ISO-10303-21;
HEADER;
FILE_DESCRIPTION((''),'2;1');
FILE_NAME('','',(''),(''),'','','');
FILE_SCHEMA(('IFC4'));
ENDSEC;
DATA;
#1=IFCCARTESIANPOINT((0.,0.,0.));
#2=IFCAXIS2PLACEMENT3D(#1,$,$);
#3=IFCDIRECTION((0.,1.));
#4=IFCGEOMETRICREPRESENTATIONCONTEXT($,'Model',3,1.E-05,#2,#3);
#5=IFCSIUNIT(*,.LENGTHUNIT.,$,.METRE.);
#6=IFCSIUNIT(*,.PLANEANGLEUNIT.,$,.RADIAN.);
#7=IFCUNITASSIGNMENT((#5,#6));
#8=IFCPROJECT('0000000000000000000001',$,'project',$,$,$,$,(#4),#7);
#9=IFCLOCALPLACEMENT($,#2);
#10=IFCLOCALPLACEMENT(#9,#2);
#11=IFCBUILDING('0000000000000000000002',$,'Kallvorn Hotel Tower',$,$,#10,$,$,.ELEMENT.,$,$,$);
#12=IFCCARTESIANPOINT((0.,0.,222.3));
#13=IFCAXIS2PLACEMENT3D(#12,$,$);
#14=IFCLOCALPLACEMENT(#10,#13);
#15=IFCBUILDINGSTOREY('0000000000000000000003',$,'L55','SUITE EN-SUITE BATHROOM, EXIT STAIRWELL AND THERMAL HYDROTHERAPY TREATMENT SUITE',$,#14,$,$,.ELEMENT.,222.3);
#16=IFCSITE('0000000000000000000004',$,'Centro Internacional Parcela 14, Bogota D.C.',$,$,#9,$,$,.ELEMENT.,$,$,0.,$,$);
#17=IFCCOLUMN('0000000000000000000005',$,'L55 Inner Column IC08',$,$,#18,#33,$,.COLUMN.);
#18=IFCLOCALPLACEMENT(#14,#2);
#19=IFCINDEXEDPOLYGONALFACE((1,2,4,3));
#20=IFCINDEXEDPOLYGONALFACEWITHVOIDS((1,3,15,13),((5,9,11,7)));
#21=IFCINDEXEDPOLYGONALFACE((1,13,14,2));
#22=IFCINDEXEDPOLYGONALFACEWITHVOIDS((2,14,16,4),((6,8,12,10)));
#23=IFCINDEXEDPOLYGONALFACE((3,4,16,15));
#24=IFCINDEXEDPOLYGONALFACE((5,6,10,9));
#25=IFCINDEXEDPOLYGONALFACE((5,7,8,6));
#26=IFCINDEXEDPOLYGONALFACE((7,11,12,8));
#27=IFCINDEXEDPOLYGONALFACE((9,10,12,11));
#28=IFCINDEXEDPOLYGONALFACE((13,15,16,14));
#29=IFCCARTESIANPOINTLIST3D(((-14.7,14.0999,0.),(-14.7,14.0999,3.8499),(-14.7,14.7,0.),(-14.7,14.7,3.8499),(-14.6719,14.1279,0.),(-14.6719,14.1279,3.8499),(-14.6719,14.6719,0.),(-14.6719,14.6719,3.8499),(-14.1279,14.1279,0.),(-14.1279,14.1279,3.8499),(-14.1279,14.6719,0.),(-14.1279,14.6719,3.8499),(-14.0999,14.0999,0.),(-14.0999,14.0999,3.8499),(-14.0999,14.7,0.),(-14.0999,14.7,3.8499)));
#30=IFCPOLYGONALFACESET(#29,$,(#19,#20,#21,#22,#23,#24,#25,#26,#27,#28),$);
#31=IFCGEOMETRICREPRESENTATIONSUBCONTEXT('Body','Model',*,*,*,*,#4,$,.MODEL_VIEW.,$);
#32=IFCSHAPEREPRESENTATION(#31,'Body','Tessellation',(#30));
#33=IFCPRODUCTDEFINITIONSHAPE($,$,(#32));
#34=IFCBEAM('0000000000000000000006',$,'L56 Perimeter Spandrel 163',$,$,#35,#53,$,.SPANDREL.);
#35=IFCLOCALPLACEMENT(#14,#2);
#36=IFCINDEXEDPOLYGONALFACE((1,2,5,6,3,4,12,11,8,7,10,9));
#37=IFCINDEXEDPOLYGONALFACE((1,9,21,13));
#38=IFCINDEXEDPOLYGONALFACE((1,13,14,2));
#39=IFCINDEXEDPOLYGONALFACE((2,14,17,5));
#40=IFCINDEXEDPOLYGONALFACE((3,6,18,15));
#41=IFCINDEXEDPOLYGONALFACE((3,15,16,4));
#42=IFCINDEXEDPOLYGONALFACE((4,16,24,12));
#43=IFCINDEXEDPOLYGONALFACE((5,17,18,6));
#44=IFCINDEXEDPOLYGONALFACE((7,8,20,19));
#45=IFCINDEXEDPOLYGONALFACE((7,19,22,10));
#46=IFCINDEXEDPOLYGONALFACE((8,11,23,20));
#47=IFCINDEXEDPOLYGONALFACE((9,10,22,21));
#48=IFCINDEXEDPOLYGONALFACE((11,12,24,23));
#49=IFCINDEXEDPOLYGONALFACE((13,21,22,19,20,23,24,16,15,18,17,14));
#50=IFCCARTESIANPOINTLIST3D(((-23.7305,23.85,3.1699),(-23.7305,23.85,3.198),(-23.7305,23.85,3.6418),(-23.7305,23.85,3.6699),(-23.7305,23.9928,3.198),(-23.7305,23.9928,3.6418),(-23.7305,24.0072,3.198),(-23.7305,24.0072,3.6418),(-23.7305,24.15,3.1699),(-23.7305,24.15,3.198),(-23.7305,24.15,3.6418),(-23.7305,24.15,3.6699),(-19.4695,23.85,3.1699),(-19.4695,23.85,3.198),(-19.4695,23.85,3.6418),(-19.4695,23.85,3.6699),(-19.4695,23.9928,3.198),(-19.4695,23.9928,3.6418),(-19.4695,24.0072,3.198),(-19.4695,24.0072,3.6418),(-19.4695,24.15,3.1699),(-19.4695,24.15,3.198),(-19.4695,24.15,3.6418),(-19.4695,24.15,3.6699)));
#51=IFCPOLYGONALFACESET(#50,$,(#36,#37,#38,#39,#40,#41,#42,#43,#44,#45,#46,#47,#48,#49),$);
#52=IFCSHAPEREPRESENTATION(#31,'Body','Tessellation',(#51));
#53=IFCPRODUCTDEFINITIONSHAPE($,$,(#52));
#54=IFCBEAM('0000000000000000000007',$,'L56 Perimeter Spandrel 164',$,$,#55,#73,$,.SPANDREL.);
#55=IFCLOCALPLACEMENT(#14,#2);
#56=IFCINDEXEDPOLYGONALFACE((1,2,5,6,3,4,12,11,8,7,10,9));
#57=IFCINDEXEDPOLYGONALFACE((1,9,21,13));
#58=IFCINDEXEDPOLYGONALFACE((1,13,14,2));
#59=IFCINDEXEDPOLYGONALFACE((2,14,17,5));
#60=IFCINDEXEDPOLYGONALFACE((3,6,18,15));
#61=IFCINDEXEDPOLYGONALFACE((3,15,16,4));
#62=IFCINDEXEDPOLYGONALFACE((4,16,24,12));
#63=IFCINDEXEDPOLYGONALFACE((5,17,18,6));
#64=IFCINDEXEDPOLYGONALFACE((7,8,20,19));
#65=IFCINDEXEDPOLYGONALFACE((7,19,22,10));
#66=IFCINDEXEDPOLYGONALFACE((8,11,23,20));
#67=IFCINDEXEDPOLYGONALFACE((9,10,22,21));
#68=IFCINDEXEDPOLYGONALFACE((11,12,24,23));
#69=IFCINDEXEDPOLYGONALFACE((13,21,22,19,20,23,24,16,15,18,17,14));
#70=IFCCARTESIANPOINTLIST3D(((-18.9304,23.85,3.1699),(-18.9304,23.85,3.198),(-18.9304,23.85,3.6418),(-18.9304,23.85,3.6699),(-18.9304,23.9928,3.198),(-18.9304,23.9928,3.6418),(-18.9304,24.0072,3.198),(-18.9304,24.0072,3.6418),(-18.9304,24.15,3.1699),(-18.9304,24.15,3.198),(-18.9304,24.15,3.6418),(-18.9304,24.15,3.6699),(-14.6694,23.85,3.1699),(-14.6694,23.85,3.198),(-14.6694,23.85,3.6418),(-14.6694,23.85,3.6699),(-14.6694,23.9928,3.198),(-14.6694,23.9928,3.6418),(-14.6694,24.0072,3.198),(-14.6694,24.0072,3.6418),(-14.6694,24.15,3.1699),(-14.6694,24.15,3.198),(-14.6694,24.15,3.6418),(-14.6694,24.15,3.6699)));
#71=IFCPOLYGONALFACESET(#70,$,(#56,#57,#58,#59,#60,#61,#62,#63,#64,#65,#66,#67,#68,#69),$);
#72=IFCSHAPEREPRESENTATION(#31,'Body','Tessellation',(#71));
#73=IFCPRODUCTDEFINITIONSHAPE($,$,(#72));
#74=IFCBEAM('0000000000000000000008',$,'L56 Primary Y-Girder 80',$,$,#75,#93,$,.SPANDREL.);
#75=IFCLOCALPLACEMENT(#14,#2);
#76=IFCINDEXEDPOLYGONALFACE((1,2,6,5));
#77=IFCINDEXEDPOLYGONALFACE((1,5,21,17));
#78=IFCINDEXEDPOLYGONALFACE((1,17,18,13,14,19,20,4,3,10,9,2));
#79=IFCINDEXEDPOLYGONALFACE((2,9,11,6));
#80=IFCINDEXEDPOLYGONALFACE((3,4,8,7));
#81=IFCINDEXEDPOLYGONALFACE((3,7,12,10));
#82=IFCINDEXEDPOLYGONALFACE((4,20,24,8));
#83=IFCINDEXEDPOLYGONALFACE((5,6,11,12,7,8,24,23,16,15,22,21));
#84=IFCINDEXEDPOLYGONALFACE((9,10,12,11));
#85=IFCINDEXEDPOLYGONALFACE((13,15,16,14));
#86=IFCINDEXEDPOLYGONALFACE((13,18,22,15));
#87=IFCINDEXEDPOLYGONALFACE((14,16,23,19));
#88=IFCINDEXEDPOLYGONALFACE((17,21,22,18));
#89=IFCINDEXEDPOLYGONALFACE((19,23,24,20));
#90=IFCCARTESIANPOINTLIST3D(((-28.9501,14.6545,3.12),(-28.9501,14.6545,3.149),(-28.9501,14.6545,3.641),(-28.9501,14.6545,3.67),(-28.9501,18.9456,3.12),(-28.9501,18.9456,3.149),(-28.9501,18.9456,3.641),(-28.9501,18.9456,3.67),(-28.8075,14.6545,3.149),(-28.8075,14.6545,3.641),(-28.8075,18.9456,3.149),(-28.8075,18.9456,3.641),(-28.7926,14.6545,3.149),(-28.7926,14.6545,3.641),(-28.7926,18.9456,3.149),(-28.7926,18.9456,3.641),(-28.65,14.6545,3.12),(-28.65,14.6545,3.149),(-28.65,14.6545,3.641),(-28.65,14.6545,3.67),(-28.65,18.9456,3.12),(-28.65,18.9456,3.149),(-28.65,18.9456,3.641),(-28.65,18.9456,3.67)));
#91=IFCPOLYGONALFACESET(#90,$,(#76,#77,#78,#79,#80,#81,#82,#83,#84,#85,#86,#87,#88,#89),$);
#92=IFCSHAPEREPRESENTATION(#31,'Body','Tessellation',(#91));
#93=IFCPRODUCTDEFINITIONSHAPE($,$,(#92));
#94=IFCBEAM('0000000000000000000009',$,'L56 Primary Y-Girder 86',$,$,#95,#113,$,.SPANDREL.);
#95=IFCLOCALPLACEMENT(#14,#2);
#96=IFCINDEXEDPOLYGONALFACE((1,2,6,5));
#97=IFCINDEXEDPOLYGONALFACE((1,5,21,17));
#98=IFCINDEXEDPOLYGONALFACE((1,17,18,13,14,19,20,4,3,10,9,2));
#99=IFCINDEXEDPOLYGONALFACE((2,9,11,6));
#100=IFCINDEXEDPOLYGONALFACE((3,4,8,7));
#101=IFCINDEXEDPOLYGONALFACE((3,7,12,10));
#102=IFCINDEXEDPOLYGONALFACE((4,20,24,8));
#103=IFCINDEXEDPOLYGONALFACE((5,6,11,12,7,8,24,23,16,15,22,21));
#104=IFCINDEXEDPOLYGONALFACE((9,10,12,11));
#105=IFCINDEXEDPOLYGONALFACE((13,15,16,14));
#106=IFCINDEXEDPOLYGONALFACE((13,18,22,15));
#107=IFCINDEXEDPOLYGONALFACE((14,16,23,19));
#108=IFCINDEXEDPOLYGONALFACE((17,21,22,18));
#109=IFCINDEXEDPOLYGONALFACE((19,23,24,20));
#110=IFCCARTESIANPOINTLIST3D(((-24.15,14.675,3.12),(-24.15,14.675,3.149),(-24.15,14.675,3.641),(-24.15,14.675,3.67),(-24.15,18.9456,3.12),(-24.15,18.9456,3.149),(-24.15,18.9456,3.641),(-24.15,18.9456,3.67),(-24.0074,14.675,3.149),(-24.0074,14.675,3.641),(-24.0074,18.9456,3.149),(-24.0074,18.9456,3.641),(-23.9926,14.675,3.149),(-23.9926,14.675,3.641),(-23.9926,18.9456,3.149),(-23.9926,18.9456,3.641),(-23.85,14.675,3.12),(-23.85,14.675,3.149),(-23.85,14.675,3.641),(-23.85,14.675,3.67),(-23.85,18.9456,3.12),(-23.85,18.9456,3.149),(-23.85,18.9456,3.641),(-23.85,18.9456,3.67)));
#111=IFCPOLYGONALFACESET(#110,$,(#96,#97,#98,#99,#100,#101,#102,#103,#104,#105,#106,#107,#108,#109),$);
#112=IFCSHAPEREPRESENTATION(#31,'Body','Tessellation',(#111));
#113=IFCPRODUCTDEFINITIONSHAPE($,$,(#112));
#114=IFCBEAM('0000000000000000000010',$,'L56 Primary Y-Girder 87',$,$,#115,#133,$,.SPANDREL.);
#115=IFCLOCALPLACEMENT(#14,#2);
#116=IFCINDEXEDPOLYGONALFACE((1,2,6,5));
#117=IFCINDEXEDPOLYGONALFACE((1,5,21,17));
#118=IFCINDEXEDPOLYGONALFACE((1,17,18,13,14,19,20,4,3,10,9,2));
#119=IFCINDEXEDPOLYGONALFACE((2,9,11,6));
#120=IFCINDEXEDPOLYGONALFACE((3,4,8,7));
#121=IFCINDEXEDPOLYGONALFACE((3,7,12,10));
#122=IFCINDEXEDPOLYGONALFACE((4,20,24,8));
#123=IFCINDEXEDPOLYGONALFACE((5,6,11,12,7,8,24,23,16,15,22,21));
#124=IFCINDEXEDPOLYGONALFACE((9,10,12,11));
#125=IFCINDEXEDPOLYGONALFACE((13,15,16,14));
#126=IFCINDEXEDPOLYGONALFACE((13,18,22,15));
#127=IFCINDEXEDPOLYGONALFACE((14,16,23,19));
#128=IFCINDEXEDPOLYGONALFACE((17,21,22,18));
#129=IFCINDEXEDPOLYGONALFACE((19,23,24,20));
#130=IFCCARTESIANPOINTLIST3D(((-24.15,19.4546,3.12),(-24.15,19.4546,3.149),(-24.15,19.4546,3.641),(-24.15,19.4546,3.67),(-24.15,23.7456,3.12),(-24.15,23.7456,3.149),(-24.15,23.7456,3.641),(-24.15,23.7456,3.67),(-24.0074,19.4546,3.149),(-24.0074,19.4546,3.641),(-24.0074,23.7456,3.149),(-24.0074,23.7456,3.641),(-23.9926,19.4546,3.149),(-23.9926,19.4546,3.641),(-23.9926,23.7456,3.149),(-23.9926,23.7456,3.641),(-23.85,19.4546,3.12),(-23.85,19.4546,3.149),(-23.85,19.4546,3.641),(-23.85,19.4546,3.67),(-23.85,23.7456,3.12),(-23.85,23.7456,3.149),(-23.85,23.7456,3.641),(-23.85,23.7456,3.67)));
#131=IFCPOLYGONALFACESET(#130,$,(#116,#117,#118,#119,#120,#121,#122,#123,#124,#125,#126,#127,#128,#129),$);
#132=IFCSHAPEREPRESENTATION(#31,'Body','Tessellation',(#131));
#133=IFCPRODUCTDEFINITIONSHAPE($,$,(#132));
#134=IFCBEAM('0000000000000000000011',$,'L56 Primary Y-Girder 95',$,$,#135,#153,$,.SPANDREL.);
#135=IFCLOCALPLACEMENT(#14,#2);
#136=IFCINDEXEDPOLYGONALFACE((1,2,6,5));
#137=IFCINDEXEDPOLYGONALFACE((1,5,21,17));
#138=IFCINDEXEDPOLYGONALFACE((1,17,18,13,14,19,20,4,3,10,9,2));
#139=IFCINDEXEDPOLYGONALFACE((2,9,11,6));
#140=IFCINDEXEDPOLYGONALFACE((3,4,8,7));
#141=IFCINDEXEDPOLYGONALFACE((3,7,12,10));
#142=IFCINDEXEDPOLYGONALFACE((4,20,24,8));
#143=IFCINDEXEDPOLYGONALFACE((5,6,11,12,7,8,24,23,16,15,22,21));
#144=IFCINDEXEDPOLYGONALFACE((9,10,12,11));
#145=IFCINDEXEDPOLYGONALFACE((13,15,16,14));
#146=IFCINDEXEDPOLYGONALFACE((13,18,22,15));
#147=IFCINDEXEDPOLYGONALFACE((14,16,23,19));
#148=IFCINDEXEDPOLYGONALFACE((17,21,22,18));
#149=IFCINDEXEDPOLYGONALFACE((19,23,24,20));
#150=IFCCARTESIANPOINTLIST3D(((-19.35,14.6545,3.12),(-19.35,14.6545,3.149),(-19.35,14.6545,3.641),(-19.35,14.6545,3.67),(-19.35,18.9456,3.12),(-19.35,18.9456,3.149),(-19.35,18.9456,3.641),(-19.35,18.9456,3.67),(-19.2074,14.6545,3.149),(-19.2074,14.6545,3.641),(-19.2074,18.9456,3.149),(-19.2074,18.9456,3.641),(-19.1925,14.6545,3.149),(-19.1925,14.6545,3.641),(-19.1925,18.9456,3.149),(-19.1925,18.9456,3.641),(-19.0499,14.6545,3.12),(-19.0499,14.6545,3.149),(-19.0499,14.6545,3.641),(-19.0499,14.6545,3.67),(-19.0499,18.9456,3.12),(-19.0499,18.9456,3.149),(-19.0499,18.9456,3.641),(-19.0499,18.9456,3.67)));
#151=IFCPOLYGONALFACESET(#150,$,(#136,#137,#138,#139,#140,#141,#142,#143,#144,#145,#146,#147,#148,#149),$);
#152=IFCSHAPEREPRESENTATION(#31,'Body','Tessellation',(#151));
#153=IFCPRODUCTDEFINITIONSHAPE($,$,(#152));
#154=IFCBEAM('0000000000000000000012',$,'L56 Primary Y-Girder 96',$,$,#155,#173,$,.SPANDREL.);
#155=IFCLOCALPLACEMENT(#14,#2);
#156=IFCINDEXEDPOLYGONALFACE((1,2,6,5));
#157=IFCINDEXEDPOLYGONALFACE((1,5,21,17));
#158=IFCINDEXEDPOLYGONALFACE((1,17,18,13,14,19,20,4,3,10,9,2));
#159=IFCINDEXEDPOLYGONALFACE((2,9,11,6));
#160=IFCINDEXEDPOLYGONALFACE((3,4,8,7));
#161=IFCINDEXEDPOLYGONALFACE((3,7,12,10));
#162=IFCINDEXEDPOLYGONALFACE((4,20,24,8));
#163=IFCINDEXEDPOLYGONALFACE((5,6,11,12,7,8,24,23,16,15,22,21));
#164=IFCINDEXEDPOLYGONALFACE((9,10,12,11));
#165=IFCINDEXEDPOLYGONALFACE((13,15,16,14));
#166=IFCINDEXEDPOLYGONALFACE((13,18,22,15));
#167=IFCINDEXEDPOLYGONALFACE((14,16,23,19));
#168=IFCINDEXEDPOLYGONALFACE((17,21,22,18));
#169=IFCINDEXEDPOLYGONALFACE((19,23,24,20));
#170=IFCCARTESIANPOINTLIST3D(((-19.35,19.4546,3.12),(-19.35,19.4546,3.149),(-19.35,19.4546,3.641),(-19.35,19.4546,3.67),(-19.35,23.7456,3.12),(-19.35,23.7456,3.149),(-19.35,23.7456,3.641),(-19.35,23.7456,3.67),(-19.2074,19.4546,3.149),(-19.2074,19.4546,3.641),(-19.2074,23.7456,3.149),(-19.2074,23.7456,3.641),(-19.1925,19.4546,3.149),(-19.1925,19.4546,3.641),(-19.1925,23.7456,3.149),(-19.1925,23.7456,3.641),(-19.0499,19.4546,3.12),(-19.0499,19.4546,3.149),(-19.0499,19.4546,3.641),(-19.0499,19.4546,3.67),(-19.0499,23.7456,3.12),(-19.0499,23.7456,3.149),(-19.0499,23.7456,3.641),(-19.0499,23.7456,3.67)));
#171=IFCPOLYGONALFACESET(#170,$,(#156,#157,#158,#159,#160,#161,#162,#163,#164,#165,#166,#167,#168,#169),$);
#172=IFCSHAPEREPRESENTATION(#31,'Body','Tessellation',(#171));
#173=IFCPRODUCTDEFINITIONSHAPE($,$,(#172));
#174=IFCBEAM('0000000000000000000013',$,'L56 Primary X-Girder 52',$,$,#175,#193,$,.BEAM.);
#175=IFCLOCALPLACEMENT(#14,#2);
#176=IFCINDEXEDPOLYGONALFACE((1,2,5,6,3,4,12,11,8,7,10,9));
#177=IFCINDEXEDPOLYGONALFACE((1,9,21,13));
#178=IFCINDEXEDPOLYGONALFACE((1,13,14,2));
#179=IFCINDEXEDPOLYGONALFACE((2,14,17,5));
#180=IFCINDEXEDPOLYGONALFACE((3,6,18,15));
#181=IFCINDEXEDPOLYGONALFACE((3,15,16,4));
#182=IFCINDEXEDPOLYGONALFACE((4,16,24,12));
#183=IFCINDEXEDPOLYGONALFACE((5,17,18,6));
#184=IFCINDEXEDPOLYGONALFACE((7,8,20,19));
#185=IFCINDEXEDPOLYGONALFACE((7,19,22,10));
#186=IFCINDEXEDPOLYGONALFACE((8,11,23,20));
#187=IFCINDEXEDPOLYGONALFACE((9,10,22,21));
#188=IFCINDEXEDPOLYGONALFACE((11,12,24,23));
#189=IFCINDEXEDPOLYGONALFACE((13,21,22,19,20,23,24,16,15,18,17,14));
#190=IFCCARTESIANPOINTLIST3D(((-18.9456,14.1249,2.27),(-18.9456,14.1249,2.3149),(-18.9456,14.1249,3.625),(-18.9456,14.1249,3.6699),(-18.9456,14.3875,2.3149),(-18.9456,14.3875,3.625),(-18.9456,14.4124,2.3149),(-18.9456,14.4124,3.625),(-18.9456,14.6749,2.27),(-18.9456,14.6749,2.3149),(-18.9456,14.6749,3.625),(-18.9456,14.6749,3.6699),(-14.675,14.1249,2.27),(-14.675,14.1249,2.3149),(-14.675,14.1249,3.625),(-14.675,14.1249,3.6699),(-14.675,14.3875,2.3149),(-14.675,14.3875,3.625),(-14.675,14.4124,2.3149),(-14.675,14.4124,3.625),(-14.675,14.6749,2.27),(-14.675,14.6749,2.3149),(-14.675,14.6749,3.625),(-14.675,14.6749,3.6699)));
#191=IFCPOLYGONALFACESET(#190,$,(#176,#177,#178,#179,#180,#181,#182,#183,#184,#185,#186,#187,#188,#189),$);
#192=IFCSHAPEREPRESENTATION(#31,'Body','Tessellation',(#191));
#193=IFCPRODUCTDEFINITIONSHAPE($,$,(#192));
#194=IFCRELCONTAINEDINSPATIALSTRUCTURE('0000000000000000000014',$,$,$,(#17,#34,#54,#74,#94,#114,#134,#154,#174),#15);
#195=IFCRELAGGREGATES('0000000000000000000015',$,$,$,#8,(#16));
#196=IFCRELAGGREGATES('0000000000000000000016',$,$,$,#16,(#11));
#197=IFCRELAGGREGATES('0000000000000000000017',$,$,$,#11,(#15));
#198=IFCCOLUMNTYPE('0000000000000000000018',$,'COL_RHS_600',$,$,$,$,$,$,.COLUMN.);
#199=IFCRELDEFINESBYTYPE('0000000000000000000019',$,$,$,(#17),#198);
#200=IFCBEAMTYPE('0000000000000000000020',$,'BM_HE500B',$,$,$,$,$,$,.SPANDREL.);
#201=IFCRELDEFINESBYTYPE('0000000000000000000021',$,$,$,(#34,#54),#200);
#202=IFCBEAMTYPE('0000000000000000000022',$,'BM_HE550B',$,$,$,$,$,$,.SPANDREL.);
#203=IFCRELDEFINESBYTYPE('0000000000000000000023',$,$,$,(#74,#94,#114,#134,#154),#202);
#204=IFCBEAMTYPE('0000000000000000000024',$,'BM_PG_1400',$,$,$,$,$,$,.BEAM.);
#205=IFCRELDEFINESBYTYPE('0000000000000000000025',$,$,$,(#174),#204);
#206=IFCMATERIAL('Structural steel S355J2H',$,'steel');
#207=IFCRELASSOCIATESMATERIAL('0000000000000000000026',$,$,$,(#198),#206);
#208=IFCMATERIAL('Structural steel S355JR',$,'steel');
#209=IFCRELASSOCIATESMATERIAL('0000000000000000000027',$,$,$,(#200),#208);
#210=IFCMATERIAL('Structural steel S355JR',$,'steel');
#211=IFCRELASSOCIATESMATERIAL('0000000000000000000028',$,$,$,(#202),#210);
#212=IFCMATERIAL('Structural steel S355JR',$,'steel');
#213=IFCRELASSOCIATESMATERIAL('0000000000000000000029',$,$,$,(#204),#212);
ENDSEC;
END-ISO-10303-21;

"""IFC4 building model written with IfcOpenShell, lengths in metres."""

from ifc_helpers import new_model, si_unit, direction, frame, origin, origin_2d, place, context, subcontext, project, spatial, hollow_rectangle, i_section, extrude, material, material_profile, profile_set, type_object, element, save


model = new_model("IFC4")

# Units and contexts
model_context = context("Model", 3, precision=1e-05, world=origin(), true_north=direction((0.0, 1.0)))
body_context = subcontext(model_context, "Body", "Model", "MODEL_VIEW")
ifc_project = project(units=[si_unit("LENGTHUNIT", "METRE"), si_unit("PLANEANGLEUNIT", "RADIAN")], contexts=[model_context])

# Site, building, storey
site_placement = place(None, origin())
site = spatial("IfcSite", under=ifc_project, at=site_placement, Name="Centro Internacional Parcela 14, Bogota D.C.", CompositionType="ELEMENT", RefElevation=0.0)
building_placement = place(site_placement, origin())
building = spatial("IfcBuilding", under=site, at=building_placement, Name="Kallvorn Hotel Tower", CompositionType="ELEMENT")
storey_placement = place(building_placement, frame((0.0, 0.0, 222.3)))
storey = spatial("IfcBuildingStorey", under=building, at=storey_placement, Name="L55", Description="SUITE EN-SUITE BATHROOM, EXIT STAIRWELL AND THERMAL HYDROTHERAPY TREATMENT SUITE", CompositionType="ELEMENT", Elevation=222.3)

# Column
ifc_material_1 = material(Name="Structural steel S355J2H", Category="steel")
ifc_material_profile_1 = material_profile(ifc_material_1, hollow_rectangle(XDim=0.6001, YDim=0.6001, WallThickness=0.0281, at=origin_2d()), Name="RHS 600x600x28")
ifc_profile_set_1 = profile_set([ifc_material_profile_1], Name="Structural steel S355J2H")
column_type_1 = type_object("IfcColumnType", Name="COL_RHS_600", PredefinedType="COLUMN", material=ifc_profile_set_1)
column_1_placement = place(storey_placement, frame((-14.3999, 14.3999, 0.0), z_axis=(0.0, 0.0, 1.0), x_axis=(1.0, 0.0, 0.0)))
element("IfcColumn", 1, at=column_1_placement, inside=storey, type_object=column_type_1, Name="L55 Inner Column IC08", PredefinedType="COLUMN", context=body_context, shape_type="SweptSolid", body=[
    extrude(hollow_rectangle(XDim=0.6001, YDim=0.6001, WallThickness=0.0281, at=origin_2d()), origin(), (0.0, 0.0, 1.0), 3.8499),
])

# Beams
ifc_material_2 = material(Name="Structural steel S355JR", Category="steel")
ifc_material_profile_2 = material_profile(ifc_material_2, i_section(OverallWidth=0.3, OverallDepth=0.5, WebThickness=0.0144, FlangeThickness=0.0281, at=origin_2d()), Name="HE 500 B")
ifc_profile_set_2 = profile_set([ifc_material_profile_2], Name="Structural steel S355JR")
beam_type_1 = type_object("IfcBeamType", Name="BM_HE500B", PredefinedType="SPANDREL", material=ifc_profile_set_2)
for number, where, z_axis, x_axis, name in (
    (2, (-23.7305, 24.0, 3.4199), (1.0, 0.0, 0.0), (0.0, 1.0, 0.0), "L56 Perimeter Spandrel 163"),
    (3, (-18.9304, 24.0, 3.4199), (1.0, 0.0, 0.0), (0.0, 1.0, 0.0), "L56 Perimeter Spandrel 164"),
):
    element("IfcBeam", number, at=place(storey_placement, frame(where, z_axis=z_axis, x_axis=x_axis)), inside=storey, type_object=beam_type_1, Name=name, PredefinedType="SPANDREL", context=body_context, shape_type="SweptSolid", body=[
        extrude(i_section(OverallWidth=0.3, OverallDepth=0.5, WebThickness=0.0144, FlangeThickness=0.0281, at=origin_2d()), origin(), (0.0, 0.0, 1.0), 4.261),
    ])
ifc_material_3 = material(Name="Structural steel S355JR", Category="steel")
ifc_material_profile_3 = material_profile(ifc_material_3, i_section(OverallWidth=0.3, OverallDepth=0.55, WebThickness=0.0149, FlangeThickness=0.0291, at=origin_2d()), Name="HE 550 B")
ifc_profile_set_3 = profile_set([ifc_material_profile_3], Name="Structural steel S355JR")
beam_type_2 = type_object("IfcBeamType", Name="BM_HE550B", PredefinedType="SPANDREL", material=ifc_profile_set_3)
beam_1_placement = place(storey_placement, frame((-28.8, 14.6545, 3.395), z_axis=(0.0, 1.0, 0.0), x_axis=(-1.0, 0.0, 0.0)))
element("IfcBeam", 4, at=beam_1_placement, inside=storey, type_object=beam_type_2, Name="L56 Primary Y-Girder 80", PredefinedType="SPANDREL", context=body_context, shape_type="SweptSolid", body=[
    extrude(i_section(OverallWidth=0.3, OverallDepth=0.55, WebThickness=0.0149, FlangeThickness=0.0291, at=origin_2d()), origin(), (0.0, 0.0, 1.0), 4.291),
])
beam_2_placement = place(storey_placement, frame((-24.0, 14.675, 3.395), z_axis=(0.0, 1.0, 0.0), x_axis=(-1.0, 0.0, 0.0)))
element("IfcBeam", 5, at=beam_2_placement, inside=storey, type_object=beam_type_2, Name="L56 Primary Y-Girder 86", PredefinedType="SPANDREL", context=body_context, shape_type="SweptSolid", body=[
    extrude(i_section(OverallWidth=0.3, OverallDepth=0.55, WebThickness=0.0149, FlangeThickness=0.0291, at=origin_2d()), origin(), (0.0, 0.0, 1.0), 4.2705),
])
for number, where, z_axis, x_axis, name in (
    (6, (-24.0, 19.4546, 3.395), (0.0, 1.0, 0.0), (-1.0, 0.0, 0.0), "L56 Primary Y-Girder 87"),
    (7, (-19.2, 14.6545, 3.395), (0.0, 1.0, 0.0), (-1.0, 0.0, 0.0), "L56 Primary Y-Girder 95"),
    (8, (-19.2, 19.4546, 3.395), (0.0, 1.0, 0.0), (-1.0, 0.0, 0.0), "L56 Primary Y-Girder 96"),
):
    element("IfcBeam", number, at=place(storey_placement, frame(where, z_axis=z_axis, x_axis=x_axis)), inside=storey, type_object=beam_type_2, Name=name, PredefinedType="SPANDREL", context=body_context, shape_type="SweptSolid", body=[
        extrude(i_section(OverallWidth=0.3, OverallDepth=0.55, WebThickness=0.0149, FlangeThickness=0.0291, at=origin_2d()), origin(), (0.0, 0.0, 1.0), 4.291),
    ])
ifc_material_4 = material(Name="Structural steel S355JR", Category="steel")
ifc_material_profile_4 = material_profile(ifc_material_4, i_section(OverallWidth=0.55, OverallDepth=1.3999, WebThickness=0.0249, FlangeThickness=0.0449, at=origin_2d()), Name="PG 1400x550x25x45")
ifc_profile_set_4 = profile_set([ifc_material_profile_4], Name="Structural steel S355JR")
beam_type_3 = type_object("IfcBeamType", Name="BM_PG_1400", PredefinedType="BEAM", material=ifc_profile_set_4)
beam_3_placement = place(storey_placement, frame((-18.9456, 14.3999, 2.97), z_axis=(1.0, 0.0, 0.0), x_axis=(0.0, 1.0, 0.0)))
element("IfcBeam", 9, at=beam_3_placement, inside=storey, type_object=beam_type_3, Name="L56 Primary X-Girder 52", PredefinedType="BEAM", context=body_context, shape_type="SweptSolid", body=[
    extrude(i_section(OverallWidth=0.55, OverallDepth=1.3999, WebThickness=0.0249, FlangeThickness=0.0449, at=origin_2d()), origin(), (0.0, 0.0, 1.0), 4.2705),
])

save(model, "model.ifc")
